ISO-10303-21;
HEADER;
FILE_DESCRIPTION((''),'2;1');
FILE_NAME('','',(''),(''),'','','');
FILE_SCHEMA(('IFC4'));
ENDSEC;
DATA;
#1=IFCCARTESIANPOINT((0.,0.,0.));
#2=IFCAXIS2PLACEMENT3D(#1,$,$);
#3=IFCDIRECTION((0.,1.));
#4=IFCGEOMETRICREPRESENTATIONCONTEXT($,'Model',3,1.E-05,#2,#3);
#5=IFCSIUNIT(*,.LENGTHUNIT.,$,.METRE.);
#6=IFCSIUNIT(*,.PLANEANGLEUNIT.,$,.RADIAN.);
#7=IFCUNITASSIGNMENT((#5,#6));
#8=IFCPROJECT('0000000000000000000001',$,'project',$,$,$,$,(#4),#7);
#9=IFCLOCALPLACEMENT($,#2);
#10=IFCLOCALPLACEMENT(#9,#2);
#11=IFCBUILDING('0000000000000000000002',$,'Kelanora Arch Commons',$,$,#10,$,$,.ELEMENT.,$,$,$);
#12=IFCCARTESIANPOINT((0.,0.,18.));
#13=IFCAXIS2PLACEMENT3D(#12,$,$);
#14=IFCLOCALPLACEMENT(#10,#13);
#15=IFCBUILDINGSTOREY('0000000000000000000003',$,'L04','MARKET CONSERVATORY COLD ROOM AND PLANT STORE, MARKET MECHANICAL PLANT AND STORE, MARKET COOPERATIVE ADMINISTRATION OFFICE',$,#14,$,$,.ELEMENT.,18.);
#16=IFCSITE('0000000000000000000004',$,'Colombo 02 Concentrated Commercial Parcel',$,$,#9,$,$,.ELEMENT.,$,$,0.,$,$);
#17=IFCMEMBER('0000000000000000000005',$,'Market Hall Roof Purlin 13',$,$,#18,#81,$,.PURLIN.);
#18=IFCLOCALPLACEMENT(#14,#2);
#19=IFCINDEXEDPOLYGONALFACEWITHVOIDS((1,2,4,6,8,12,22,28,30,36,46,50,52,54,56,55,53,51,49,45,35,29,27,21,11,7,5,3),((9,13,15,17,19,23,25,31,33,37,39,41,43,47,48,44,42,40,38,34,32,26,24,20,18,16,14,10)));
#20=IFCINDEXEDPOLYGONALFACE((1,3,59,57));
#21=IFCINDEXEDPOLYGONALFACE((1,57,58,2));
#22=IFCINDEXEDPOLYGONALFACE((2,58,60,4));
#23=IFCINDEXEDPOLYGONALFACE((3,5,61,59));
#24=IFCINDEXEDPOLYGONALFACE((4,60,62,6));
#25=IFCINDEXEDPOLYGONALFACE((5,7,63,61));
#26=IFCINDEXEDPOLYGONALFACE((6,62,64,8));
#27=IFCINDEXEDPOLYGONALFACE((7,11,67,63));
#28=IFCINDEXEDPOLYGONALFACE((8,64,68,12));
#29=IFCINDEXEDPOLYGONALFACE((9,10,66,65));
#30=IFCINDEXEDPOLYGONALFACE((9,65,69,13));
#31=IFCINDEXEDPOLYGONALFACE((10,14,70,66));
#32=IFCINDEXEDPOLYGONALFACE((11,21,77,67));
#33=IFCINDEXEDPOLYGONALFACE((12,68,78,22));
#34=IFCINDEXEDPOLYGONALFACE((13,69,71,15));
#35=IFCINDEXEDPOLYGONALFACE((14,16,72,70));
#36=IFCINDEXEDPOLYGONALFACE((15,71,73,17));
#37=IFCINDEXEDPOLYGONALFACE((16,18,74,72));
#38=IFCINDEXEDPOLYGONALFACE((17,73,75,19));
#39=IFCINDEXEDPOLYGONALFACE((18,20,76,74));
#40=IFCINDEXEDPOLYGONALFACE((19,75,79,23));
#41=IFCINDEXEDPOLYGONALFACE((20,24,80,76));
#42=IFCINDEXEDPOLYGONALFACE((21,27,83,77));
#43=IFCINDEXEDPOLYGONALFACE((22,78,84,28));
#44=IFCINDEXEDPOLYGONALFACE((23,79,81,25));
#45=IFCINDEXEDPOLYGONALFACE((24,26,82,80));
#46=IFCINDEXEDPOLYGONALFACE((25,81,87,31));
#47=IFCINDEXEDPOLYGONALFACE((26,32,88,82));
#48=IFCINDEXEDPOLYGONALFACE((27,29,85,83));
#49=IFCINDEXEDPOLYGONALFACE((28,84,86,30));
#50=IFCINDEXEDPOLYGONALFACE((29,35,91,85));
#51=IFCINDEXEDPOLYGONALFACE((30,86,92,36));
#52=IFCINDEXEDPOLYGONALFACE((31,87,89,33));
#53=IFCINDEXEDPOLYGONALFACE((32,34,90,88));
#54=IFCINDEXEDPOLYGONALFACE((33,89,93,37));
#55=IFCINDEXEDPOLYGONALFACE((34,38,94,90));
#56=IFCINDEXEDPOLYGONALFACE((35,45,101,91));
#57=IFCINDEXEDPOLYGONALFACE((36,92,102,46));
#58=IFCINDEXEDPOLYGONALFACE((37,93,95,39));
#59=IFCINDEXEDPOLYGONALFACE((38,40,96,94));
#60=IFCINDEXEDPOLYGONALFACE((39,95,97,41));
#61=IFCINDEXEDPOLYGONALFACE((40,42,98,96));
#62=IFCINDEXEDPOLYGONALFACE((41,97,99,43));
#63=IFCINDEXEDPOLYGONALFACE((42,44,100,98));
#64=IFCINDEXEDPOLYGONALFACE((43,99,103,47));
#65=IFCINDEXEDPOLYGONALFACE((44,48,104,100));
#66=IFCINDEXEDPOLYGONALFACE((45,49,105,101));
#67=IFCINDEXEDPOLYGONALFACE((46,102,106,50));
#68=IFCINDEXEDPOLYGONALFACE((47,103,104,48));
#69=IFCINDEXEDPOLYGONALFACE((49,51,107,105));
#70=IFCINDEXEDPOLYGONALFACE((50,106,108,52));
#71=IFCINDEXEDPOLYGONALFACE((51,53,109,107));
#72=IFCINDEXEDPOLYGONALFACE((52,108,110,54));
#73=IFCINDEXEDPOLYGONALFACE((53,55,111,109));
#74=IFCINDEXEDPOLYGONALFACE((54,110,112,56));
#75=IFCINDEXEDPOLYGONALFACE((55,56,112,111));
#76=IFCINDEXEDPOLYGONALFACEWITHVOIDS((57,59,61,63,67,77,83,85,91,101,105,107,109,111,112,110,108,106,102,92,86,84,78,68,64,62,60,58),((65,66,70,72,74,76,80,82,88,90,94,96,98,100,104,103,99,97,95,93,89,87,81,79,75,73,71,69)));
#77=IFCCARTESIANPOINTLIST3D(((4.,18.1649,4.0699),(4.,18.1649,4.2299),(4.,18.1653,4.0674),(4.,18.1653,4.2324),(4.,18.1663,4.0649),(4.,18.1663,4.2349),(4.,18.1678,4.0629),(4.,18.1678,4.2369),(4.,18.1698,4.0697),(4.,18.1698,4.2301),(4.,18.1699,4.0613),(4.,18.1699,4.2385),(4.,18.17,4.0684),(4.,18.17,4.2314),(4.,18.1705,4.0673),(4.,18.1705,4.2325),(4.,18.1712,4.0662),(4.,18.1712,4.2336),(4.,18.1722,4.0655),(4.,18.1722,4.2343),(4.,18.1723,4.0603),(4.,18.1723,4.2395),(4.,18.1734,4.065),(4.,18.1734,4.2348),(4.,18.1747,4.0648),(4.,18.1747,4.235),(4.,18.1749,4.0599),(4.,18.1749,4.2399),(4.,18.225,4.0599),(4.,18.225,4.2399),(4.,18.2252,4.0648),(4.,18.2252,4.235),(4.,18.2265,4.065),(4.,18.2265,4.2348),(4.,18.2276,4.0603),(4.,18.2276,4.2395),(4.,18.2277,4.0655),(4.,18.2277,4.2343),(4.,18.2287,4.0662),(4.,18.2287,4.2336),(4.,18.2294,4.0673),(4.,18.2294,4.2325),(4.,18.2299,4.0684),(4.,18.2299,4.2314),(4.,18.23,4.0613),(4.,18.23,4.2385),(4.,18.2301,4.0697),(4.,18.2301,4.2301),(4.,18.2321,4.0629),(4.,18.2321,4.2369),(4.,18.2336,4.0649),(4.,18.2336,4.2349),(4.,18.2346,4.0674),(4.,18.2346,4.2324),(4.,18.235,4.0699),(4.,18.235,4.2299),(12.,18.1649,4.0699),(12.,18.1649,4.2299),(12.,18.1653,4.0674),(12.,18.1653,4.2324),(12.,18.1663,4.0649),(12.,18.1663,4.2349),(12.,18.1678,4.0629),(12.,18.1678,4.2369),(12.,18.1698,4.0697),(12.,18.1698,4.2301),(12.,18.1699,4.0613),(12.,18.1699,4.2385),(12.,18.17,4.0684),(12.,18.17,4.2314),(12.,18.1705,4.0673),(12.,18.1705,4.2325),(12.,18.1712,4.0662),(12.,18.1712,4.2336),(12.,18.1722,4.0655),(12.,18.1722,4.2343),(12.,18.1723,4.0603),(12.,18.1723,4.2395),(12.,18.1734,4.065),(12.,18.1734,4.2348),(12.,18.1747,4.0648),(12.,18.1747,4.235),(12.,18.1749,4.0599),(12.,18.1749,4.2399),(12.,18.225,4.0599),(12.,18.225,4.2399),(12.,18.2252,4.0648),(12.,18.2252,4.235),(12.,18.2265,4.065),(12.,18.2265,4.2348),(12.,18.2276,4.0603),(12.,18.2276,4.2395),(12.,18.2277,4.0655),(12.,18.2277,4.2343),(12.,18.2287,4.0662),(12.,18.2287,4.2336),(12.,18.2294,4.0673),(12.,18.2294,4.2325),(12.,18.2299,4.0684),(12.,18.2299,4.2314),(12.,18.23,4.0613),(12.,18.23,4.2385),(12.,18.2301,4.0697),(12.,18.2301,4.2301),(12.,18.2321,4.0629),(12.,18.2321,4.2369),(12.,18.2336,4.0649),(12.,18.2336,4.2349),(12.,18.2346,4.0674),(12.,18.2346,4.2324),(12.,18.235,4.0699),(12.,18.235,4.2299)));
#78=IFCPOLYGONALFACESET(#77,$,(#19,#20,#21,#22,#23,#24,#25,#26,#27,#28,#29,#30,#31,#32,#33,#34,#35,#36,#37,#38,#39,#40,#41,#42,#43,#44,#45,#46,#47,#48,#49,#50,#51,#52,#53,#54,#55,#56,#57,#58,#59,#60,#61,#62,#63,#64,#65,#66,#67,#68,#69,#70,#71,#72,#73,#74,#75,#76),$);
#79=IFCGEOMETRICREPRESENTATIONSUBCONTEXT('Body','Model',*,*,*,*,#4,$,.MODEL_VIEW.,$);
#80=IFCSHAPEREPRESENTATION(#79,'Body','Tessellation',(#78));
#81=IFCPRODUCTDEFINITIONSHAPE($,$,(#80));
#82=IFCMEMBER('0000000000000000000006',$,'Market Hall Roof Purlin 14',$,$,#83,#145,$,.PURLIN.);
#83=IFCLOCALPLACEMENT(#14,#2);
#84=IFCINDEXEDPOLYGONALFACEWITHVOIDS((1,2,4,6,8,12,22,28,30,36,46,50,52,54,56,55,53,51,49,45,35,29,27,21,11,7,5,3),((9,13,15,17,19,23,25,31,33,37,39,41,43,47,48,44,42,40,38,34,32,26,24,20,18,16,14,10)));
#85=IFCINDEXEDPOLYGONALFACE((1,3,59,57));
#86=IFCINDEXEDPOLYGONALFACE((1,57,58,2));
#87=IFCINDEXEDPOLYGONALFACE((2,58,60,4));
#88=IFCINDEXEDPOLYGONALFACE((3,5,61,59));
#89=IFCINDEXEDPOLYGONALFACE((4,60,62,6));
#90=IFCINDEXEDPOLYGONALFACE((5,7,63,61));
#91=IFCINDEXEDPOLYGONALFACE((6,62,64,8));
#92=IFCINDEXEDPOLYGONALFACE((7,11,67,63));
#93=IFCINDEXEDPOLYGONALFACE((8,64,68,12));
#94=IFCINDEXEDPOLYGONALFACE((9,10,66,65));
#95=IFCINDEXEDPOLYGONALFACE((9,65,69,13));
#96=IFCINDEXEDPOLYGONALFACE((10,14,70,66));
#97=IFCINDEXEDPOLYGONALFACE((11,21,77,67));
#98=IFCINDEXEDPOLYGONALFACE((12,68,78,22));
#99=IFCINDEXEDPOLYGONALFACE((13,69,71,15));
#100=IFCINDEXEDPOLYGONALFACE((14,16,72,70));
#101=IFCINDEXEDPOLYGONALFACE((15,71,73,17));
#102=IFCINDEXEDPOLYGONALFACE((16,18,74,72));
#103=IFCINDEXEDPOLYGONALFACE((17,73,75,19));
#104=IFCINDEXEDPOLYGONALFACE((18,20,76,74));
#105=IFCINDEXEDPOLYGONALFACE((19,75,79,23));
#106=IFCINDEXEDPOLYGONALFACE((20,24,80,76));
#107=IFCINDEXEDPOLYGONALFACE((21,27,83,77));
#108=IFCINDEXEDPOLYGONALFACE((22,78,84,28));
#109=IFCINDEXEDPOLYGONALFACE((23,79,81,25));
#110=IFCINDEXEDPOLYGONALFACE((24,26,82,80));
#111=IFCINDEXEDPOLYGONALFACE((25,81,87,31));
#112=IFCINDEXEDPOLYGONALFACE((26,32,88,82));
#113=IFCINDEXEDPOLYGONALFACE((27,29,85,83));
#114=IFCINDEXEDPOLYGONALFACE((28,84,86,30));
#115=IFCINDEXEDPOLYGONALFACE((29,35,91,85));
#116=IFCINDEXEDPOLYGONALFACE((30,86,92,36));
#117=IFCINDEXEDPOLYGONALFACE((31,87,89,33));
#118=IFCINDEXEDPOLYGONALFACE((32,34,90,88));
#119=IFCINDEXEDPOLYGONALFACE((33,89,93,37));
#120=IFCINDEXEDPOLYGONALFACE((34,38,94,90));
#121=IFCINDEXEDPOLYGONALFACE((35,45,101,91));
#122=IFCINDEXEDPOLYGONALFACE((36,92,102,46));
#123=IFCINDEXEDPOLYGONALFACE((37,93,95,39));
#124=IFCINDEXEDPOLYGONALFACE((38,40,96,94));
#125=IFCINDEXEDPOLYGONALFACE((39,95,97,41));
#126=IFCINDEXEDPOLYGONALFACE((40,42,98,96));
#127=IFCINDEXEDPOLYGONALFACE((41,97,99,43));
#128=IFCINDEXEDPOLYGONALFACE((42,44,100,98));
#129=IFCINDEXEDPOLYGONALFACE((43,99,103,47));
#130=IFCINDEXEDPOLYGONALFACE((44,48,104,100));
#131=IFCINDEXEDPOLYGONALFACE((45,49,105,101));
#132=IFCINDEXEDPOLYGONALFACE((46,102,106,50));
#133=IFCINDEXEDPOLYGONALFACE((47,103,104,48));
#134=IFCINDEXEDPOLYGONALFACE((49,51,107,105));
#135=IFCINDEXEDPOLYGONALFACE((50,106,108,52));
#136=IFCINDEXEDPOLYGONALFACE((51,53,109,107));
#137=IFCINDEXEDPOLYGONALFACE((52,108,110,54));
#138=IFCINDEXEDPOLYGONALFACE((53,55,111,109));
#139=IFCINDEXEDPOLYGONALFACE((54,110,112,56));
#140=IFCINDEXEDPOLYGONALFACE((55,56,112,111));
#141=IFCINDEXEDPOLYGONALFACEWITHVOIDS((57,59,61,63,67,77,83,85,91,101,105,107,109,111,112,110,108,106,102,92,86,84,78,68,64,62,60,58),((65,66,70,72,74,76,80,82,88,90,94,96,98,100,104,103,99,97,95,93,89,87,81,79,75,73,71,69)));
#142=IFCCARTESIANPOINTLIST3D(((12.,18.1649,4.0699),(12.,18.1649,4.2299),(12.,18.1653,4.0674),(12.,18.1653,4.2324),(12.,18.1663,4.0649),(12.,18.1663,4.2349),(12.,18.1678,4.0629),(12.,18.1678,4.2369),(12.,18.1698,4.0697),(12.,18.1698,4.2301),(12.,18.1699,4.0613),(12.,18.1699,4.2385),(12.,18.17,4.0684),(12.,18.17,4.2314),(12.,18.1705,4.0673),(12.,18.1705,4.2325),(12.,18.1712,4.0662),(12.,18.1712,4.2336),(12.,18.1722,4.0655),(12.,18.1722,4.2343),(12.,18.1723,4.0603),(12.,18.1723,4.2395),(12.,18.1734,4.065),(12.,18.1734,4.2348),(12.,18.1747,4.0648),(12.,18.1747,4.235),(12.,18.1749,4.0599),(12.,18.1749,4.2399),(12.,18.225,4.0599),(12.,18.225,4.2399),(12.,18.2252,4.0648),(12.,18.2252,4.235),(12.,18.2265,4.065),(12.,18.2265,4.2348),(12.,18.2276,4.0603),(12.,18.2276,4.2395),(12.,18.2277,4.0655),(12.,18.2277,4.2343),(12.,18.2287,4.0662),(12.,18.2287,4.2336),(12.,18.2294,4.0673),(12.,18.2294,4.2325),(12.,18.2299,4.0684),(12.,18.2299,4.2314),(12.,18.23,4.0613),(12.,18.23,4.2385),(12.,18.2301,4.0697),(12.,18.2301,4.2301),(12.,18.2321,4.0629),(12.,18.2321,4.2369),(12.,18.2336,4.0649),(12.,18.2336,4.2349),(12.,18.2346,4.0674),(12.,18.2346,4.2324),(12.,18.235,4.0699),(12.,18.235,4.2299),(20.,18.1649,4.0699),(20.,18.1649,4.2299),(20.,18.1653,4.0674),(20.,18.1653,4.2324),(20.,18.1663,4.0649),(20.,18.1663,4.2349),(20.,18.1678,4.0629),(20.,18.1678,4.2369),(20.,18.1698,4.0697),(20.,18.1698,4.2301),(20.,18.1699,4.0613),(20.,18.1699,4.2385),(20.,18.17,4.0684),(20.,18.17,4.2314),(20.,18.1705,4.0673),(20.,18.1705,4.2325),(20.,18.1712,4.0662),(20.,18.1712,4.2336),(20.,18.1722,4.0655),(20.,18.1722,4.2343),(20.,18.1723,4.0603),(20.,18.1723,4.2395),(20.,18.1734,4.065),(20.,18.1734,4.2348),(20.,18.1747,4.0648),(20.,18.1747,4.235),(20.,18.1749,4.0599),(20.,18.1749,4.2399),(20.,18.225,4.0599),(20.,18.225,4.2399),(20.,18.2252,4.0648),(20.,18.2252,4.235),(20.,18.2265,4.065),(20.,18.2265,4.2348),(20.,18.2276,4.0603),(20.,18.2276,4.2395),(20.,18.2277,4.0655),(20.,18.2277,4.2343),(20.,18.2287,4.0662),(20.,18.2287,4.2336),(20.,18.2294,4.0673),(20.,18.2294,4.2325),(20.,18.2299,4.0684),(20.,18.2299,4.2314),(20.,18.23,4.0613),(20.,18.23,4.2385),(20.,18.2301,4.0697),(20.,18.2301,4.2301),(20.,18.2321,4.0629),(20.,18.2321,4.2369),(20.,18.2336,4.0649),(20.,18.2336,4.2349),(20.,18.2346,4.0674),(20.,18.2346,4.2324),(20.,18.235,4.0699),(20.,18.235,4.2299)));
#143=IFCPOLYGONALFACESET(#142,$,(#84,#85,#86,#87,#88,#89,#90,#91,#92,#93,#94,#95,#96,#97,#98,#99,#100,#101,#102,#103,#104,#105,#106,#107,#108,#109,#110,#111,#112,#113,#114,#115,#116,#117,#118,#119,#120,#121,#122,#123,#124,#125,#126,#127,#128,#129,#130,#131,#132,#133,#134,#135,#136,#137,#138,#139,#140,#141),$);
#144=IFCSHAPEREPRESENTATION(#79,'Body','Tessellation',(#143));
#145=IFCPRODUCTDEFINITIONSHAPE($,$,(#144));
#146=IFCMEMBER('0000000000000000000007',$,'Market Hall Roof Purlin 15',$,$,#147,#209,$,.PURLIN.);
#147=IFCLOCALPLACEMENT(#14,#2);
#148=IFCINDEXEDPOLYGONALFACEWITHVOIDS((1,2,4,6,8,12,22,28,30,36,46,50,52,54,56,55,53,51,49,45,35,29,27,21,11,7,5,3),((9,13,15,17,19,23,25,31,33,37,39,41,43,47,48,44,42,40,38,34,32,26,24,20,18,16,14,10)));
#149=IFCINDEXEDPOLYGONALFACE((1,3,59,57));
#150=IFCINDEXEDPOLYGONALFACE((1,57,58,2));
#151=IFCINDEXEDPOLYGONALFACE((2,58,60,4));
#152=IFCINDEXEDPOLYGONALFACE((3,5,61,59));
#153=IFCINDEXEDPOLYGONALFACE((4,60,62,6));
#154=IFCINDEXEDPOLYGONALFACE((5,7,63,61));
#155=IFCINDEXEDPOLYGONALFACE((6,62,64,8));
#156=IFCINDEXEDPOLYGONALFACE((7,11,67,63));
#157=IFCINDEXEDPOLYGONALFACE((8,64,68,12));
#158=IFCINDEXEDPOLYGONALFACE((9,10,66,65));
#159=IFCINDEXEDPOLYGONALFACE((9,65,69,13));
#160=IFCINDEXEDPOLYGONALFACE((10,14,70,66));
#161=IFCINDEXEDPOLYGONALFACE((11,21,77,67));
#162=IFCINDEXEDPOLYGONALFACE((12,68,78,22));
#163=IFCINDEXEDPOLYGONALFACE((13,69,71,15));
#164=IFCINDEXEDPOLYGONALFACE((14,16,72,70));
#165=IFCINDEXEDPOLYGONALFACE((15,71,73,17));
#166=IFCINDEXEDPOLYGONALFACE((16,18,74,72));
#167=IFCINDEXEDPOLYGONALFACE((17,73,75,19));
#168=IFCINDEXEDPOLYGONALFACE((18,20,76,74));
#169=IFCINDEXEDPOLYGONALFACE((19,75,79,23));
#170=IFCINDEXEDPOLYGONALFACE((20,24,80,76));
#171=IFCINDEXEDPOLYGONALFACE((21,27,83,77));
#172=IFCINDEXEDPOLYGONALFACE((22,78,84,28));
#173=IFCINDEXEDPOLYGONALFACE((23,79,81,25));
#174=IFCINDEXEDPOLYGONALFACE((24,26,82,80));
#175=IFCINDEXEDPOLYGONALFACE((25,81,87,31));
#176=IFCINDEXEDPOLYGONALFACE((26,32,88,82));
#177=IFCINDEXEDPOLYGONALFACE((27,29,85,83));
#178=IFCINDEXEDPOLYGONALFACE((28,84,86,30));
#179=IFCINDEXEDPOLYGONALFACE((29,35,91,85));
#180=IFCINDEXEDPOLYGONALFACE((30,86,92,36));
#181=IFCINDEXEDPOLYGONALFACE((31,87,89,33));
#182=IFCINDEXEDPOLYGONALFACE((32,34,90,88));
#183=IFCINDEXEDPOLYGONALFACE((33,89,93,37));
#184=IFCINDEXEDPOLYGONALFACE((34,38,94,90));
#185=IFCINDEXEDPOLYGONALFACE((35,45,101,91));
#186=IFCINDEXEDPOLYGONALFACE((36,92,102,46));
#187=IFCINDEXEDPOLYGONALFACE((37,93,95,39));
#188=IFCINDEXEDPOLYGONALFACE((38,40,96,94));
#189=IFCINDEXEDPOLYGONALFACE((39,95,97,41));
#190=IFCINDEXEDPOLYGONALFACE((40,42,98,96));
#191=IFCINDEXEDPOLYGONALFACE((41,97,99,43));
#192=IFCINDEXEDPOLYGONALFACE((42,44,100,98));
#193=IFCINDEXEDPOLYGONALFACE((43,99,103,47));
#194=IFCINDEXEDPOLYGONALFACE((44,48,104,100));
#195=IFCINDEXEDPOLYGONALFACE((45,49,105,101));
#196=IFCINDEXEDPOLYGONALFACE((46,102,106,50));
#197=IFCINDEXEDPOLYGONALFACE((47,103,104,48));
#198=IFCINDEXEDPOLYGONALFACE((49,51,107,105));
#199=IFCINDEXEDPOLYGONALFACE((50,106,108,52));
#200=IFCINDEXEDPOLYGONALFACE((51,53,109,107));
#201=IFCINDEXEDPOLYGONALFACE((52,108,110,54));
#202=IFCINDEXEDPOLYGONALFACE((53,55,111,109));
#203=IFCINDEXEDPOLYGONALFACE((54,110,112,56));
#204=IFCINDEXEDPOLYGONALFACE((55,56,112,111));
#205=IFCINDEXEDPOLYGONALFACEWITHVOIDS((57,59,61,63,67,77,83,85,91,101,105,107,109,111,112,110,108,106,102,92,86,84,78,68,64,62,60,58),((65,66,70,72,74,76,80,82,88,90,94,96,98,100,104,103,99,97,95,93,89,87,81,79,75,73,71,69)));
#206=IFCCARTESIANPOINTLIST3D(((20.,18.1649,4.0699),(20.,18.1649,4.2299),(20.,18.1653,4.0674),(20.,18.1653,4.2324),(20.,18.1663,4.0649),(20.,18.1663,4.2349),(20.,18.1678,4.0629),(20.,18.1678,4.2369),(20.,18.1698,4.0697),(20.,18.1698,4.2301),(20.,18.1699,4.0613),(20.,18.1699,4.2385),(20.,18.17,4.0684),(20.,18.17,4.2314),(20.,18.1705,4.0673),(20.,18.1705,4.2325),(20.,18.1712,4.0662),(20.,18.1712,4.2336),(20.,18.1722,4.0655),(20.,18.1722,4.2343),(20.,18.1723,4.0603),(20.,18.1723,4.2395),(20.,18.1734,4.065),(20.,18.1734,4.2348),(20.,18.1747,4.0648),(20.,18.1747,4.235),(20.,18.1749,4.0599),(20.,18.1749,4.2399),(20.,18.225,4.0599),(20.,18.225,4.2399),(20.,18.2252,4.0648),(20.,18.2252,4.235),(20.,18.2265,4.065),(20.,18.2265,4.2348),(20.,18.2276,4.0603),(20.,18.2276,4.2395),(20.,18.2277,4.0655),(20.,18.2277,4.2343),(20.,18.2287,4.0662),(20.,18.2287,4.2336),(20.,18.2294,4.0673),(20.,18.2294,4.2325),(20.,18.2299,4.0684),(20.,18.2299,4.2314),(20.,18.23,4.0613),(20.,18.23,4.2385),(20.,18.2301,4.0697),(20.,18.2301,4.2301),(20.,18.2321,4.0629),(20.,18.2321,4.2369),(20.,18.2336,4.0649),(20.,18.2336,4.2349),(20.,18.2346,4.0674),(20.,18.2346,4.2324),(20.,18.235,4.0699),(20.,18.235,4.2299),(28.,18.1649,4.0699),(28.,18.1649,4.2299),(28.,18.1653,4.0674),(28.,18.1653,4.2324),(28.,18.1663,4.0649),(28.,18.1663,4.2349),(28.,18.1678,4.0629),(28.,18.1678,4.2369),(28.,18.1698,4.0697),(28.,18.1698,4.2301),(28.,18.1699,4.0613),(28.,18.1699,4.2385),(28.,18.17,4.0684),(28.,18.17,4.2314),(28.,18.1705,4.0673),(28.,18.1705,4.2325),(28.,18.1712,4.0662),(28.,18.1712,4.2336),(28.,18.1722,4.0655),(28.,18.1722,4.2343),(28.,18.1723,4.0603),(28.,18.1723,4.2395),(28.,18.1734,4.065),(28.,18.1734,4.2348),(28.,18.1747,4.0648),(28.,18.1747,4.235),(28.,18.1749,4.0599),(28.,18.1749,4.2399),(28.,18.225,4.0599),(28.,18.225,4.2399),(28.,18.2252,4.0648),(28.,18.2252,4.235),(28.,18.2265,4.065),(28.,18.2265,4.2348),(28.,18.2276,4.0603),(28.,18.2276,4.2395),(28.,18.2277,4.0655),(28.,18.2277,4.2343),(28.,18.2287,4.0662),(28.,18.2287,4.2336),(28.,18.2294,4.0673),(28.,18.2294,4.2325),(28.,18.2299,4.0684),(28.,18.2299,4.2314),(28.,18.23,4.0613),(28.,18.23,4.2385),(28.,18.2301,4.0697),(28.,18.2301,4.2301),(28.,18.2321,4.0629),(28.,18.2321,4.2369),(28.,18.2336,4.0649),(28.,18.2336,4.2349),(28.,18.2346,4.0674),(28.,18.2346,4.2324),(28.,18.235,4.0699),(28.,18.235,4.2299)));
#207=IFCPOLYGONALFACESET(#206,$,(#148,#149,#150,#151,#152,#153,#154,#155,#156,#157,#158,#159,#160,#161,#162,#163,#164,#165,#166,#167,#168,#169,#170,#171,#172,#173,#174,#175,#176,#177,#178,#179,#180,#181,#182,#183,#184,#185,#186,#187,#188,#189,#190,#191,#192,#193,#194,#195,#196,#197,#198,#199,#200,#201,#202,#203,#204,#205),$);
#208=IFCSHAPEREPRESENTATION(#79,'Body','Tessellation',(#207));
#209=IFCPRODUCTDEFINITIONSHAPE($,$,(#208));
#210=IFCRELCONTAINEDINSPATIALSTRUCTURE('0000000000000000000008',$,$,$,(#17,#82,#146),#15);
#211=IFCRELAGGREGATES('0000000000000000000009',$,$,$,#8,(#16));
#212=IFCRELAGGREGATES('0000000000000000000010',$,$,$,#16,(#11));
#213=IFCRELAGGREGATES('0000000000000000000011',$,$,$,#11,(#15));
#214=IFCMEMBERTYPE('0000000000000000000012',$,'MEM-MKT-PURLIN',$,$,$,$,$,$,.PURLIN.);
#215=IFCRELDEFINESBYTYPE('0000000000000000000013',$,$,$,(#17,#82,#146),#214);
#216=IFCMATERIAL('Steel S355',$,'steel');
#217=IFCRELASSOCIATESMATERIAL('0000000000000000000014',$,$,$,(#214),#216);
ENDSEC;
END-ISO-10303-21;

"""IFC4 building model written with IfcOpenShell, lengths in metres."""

from ifc_helpers import new_model, si_unit, direction, frame, origin, origin_2d, place, context, subcontext, project, spatial, hollow_rectangle, extrude, material, material_profile, profile_set, type_object, element, save


model = new_model("IFC4")

# Units and contexts
model_context = context("Model", 3, precision=1e-05, world=origin(), true_north=direction((0.0, 1.0)))
body_context = subcontext(model_context, "Body", "Model", "MODEL_VIEW")
ifc_project = project(units=[si_unit("LENGTHUNIT", "METRE"), si_unit("PLANEANGLEUNIT", "RADIAN")], contexts=[model_context])

# Site, building, storey
site_placement = place(None, origin())
site = spatial("IfcSite", under=ifc_project, at=site_placement, Name="Colombo 02 Concentrated Commercial Parcel", CompositionType="ELEMENT", RefElevation=0.0)
building_placement = place(site_placement, origin())
building = spatial("IfcBuilding", under=site, at=building_placement, Name="Kelanora Arch Commons", CompositionType="ELEMENT")
storey_placement = place(building_placement, frame((0.0, 0.0, 18.0)))
storey = spatial("IfcBuildingStorey", under=building, at=storey_placement, Name="L04", Description="MARKET CONSERVATORY COLD ROOM AND PLANT STORE, MARKET MECHANICAL PLANT AND STORE, MARKET COOPERATIVE ADMINISTRATION OFFICE", CompositionType="ELEMENT", Elevation=18.0)

# Shared definitions
ifc_material_1 = material(Name="Steel S355", Category="steel")

# Members
ifc_material_profile_1 = material_profile(ifc_material_1, hollow_rectangle(XDim=0.0701, YDim=0.1799, WallThickness=0.0049, InnerFilletRadius=0.0049, OuterFilletRadius=0.01, at=origin_2d()), Name="RHS180x70x5")
ifc_profile_set_1 = profile_set([ifc_material_profile_1], Name="Steel S355")
member_type_1 = type_object("IfcMemberType", Name="MEM-MKT-PURLIN", PredefinedType="PURLIN", material=ifc_profile_set_1)
for number, where, z_axis, x_axis, name in (
    (1, (4.0, 18.2, 4.1499), (1.0, 0.0, 0.0), (0.0, 1.0, 0.0), "Market Hall Roof Purlin 13"),
    (2, (12.0, 18.2, 4.1499), (1.0, 0.0, 0.0), (0.0, 1.0, 0.0), "Market Hall Roof Purlin 14"),
    (3, (20.0, 18.2, 4.1499), (1.0, 0.0, 0.0), (0.0, 1.0, 0.0), "Market Hall Roof Purlin 15"),
):
    element("IfcMember", number, at=place(storey_placement, frame(where, z_axis=z_axis, x_axis=x_axis)), inside=storey, type_object=member_type_1, Name=name, PredefinedType="PURLIN", context=body_context, shape_type="SweptSolid", body=[
        extrude(hollow_rectangle(XDim=0.0701, YDim=0.1799, WallThickness=0.0049, InnerFilletRadius=0.0049, OuterFilletRadius=0.01, at=origin_2d()), origin(), (0.0, 0.0, 1.0), 8.0),
    ])

save(model, "model.ifc")
